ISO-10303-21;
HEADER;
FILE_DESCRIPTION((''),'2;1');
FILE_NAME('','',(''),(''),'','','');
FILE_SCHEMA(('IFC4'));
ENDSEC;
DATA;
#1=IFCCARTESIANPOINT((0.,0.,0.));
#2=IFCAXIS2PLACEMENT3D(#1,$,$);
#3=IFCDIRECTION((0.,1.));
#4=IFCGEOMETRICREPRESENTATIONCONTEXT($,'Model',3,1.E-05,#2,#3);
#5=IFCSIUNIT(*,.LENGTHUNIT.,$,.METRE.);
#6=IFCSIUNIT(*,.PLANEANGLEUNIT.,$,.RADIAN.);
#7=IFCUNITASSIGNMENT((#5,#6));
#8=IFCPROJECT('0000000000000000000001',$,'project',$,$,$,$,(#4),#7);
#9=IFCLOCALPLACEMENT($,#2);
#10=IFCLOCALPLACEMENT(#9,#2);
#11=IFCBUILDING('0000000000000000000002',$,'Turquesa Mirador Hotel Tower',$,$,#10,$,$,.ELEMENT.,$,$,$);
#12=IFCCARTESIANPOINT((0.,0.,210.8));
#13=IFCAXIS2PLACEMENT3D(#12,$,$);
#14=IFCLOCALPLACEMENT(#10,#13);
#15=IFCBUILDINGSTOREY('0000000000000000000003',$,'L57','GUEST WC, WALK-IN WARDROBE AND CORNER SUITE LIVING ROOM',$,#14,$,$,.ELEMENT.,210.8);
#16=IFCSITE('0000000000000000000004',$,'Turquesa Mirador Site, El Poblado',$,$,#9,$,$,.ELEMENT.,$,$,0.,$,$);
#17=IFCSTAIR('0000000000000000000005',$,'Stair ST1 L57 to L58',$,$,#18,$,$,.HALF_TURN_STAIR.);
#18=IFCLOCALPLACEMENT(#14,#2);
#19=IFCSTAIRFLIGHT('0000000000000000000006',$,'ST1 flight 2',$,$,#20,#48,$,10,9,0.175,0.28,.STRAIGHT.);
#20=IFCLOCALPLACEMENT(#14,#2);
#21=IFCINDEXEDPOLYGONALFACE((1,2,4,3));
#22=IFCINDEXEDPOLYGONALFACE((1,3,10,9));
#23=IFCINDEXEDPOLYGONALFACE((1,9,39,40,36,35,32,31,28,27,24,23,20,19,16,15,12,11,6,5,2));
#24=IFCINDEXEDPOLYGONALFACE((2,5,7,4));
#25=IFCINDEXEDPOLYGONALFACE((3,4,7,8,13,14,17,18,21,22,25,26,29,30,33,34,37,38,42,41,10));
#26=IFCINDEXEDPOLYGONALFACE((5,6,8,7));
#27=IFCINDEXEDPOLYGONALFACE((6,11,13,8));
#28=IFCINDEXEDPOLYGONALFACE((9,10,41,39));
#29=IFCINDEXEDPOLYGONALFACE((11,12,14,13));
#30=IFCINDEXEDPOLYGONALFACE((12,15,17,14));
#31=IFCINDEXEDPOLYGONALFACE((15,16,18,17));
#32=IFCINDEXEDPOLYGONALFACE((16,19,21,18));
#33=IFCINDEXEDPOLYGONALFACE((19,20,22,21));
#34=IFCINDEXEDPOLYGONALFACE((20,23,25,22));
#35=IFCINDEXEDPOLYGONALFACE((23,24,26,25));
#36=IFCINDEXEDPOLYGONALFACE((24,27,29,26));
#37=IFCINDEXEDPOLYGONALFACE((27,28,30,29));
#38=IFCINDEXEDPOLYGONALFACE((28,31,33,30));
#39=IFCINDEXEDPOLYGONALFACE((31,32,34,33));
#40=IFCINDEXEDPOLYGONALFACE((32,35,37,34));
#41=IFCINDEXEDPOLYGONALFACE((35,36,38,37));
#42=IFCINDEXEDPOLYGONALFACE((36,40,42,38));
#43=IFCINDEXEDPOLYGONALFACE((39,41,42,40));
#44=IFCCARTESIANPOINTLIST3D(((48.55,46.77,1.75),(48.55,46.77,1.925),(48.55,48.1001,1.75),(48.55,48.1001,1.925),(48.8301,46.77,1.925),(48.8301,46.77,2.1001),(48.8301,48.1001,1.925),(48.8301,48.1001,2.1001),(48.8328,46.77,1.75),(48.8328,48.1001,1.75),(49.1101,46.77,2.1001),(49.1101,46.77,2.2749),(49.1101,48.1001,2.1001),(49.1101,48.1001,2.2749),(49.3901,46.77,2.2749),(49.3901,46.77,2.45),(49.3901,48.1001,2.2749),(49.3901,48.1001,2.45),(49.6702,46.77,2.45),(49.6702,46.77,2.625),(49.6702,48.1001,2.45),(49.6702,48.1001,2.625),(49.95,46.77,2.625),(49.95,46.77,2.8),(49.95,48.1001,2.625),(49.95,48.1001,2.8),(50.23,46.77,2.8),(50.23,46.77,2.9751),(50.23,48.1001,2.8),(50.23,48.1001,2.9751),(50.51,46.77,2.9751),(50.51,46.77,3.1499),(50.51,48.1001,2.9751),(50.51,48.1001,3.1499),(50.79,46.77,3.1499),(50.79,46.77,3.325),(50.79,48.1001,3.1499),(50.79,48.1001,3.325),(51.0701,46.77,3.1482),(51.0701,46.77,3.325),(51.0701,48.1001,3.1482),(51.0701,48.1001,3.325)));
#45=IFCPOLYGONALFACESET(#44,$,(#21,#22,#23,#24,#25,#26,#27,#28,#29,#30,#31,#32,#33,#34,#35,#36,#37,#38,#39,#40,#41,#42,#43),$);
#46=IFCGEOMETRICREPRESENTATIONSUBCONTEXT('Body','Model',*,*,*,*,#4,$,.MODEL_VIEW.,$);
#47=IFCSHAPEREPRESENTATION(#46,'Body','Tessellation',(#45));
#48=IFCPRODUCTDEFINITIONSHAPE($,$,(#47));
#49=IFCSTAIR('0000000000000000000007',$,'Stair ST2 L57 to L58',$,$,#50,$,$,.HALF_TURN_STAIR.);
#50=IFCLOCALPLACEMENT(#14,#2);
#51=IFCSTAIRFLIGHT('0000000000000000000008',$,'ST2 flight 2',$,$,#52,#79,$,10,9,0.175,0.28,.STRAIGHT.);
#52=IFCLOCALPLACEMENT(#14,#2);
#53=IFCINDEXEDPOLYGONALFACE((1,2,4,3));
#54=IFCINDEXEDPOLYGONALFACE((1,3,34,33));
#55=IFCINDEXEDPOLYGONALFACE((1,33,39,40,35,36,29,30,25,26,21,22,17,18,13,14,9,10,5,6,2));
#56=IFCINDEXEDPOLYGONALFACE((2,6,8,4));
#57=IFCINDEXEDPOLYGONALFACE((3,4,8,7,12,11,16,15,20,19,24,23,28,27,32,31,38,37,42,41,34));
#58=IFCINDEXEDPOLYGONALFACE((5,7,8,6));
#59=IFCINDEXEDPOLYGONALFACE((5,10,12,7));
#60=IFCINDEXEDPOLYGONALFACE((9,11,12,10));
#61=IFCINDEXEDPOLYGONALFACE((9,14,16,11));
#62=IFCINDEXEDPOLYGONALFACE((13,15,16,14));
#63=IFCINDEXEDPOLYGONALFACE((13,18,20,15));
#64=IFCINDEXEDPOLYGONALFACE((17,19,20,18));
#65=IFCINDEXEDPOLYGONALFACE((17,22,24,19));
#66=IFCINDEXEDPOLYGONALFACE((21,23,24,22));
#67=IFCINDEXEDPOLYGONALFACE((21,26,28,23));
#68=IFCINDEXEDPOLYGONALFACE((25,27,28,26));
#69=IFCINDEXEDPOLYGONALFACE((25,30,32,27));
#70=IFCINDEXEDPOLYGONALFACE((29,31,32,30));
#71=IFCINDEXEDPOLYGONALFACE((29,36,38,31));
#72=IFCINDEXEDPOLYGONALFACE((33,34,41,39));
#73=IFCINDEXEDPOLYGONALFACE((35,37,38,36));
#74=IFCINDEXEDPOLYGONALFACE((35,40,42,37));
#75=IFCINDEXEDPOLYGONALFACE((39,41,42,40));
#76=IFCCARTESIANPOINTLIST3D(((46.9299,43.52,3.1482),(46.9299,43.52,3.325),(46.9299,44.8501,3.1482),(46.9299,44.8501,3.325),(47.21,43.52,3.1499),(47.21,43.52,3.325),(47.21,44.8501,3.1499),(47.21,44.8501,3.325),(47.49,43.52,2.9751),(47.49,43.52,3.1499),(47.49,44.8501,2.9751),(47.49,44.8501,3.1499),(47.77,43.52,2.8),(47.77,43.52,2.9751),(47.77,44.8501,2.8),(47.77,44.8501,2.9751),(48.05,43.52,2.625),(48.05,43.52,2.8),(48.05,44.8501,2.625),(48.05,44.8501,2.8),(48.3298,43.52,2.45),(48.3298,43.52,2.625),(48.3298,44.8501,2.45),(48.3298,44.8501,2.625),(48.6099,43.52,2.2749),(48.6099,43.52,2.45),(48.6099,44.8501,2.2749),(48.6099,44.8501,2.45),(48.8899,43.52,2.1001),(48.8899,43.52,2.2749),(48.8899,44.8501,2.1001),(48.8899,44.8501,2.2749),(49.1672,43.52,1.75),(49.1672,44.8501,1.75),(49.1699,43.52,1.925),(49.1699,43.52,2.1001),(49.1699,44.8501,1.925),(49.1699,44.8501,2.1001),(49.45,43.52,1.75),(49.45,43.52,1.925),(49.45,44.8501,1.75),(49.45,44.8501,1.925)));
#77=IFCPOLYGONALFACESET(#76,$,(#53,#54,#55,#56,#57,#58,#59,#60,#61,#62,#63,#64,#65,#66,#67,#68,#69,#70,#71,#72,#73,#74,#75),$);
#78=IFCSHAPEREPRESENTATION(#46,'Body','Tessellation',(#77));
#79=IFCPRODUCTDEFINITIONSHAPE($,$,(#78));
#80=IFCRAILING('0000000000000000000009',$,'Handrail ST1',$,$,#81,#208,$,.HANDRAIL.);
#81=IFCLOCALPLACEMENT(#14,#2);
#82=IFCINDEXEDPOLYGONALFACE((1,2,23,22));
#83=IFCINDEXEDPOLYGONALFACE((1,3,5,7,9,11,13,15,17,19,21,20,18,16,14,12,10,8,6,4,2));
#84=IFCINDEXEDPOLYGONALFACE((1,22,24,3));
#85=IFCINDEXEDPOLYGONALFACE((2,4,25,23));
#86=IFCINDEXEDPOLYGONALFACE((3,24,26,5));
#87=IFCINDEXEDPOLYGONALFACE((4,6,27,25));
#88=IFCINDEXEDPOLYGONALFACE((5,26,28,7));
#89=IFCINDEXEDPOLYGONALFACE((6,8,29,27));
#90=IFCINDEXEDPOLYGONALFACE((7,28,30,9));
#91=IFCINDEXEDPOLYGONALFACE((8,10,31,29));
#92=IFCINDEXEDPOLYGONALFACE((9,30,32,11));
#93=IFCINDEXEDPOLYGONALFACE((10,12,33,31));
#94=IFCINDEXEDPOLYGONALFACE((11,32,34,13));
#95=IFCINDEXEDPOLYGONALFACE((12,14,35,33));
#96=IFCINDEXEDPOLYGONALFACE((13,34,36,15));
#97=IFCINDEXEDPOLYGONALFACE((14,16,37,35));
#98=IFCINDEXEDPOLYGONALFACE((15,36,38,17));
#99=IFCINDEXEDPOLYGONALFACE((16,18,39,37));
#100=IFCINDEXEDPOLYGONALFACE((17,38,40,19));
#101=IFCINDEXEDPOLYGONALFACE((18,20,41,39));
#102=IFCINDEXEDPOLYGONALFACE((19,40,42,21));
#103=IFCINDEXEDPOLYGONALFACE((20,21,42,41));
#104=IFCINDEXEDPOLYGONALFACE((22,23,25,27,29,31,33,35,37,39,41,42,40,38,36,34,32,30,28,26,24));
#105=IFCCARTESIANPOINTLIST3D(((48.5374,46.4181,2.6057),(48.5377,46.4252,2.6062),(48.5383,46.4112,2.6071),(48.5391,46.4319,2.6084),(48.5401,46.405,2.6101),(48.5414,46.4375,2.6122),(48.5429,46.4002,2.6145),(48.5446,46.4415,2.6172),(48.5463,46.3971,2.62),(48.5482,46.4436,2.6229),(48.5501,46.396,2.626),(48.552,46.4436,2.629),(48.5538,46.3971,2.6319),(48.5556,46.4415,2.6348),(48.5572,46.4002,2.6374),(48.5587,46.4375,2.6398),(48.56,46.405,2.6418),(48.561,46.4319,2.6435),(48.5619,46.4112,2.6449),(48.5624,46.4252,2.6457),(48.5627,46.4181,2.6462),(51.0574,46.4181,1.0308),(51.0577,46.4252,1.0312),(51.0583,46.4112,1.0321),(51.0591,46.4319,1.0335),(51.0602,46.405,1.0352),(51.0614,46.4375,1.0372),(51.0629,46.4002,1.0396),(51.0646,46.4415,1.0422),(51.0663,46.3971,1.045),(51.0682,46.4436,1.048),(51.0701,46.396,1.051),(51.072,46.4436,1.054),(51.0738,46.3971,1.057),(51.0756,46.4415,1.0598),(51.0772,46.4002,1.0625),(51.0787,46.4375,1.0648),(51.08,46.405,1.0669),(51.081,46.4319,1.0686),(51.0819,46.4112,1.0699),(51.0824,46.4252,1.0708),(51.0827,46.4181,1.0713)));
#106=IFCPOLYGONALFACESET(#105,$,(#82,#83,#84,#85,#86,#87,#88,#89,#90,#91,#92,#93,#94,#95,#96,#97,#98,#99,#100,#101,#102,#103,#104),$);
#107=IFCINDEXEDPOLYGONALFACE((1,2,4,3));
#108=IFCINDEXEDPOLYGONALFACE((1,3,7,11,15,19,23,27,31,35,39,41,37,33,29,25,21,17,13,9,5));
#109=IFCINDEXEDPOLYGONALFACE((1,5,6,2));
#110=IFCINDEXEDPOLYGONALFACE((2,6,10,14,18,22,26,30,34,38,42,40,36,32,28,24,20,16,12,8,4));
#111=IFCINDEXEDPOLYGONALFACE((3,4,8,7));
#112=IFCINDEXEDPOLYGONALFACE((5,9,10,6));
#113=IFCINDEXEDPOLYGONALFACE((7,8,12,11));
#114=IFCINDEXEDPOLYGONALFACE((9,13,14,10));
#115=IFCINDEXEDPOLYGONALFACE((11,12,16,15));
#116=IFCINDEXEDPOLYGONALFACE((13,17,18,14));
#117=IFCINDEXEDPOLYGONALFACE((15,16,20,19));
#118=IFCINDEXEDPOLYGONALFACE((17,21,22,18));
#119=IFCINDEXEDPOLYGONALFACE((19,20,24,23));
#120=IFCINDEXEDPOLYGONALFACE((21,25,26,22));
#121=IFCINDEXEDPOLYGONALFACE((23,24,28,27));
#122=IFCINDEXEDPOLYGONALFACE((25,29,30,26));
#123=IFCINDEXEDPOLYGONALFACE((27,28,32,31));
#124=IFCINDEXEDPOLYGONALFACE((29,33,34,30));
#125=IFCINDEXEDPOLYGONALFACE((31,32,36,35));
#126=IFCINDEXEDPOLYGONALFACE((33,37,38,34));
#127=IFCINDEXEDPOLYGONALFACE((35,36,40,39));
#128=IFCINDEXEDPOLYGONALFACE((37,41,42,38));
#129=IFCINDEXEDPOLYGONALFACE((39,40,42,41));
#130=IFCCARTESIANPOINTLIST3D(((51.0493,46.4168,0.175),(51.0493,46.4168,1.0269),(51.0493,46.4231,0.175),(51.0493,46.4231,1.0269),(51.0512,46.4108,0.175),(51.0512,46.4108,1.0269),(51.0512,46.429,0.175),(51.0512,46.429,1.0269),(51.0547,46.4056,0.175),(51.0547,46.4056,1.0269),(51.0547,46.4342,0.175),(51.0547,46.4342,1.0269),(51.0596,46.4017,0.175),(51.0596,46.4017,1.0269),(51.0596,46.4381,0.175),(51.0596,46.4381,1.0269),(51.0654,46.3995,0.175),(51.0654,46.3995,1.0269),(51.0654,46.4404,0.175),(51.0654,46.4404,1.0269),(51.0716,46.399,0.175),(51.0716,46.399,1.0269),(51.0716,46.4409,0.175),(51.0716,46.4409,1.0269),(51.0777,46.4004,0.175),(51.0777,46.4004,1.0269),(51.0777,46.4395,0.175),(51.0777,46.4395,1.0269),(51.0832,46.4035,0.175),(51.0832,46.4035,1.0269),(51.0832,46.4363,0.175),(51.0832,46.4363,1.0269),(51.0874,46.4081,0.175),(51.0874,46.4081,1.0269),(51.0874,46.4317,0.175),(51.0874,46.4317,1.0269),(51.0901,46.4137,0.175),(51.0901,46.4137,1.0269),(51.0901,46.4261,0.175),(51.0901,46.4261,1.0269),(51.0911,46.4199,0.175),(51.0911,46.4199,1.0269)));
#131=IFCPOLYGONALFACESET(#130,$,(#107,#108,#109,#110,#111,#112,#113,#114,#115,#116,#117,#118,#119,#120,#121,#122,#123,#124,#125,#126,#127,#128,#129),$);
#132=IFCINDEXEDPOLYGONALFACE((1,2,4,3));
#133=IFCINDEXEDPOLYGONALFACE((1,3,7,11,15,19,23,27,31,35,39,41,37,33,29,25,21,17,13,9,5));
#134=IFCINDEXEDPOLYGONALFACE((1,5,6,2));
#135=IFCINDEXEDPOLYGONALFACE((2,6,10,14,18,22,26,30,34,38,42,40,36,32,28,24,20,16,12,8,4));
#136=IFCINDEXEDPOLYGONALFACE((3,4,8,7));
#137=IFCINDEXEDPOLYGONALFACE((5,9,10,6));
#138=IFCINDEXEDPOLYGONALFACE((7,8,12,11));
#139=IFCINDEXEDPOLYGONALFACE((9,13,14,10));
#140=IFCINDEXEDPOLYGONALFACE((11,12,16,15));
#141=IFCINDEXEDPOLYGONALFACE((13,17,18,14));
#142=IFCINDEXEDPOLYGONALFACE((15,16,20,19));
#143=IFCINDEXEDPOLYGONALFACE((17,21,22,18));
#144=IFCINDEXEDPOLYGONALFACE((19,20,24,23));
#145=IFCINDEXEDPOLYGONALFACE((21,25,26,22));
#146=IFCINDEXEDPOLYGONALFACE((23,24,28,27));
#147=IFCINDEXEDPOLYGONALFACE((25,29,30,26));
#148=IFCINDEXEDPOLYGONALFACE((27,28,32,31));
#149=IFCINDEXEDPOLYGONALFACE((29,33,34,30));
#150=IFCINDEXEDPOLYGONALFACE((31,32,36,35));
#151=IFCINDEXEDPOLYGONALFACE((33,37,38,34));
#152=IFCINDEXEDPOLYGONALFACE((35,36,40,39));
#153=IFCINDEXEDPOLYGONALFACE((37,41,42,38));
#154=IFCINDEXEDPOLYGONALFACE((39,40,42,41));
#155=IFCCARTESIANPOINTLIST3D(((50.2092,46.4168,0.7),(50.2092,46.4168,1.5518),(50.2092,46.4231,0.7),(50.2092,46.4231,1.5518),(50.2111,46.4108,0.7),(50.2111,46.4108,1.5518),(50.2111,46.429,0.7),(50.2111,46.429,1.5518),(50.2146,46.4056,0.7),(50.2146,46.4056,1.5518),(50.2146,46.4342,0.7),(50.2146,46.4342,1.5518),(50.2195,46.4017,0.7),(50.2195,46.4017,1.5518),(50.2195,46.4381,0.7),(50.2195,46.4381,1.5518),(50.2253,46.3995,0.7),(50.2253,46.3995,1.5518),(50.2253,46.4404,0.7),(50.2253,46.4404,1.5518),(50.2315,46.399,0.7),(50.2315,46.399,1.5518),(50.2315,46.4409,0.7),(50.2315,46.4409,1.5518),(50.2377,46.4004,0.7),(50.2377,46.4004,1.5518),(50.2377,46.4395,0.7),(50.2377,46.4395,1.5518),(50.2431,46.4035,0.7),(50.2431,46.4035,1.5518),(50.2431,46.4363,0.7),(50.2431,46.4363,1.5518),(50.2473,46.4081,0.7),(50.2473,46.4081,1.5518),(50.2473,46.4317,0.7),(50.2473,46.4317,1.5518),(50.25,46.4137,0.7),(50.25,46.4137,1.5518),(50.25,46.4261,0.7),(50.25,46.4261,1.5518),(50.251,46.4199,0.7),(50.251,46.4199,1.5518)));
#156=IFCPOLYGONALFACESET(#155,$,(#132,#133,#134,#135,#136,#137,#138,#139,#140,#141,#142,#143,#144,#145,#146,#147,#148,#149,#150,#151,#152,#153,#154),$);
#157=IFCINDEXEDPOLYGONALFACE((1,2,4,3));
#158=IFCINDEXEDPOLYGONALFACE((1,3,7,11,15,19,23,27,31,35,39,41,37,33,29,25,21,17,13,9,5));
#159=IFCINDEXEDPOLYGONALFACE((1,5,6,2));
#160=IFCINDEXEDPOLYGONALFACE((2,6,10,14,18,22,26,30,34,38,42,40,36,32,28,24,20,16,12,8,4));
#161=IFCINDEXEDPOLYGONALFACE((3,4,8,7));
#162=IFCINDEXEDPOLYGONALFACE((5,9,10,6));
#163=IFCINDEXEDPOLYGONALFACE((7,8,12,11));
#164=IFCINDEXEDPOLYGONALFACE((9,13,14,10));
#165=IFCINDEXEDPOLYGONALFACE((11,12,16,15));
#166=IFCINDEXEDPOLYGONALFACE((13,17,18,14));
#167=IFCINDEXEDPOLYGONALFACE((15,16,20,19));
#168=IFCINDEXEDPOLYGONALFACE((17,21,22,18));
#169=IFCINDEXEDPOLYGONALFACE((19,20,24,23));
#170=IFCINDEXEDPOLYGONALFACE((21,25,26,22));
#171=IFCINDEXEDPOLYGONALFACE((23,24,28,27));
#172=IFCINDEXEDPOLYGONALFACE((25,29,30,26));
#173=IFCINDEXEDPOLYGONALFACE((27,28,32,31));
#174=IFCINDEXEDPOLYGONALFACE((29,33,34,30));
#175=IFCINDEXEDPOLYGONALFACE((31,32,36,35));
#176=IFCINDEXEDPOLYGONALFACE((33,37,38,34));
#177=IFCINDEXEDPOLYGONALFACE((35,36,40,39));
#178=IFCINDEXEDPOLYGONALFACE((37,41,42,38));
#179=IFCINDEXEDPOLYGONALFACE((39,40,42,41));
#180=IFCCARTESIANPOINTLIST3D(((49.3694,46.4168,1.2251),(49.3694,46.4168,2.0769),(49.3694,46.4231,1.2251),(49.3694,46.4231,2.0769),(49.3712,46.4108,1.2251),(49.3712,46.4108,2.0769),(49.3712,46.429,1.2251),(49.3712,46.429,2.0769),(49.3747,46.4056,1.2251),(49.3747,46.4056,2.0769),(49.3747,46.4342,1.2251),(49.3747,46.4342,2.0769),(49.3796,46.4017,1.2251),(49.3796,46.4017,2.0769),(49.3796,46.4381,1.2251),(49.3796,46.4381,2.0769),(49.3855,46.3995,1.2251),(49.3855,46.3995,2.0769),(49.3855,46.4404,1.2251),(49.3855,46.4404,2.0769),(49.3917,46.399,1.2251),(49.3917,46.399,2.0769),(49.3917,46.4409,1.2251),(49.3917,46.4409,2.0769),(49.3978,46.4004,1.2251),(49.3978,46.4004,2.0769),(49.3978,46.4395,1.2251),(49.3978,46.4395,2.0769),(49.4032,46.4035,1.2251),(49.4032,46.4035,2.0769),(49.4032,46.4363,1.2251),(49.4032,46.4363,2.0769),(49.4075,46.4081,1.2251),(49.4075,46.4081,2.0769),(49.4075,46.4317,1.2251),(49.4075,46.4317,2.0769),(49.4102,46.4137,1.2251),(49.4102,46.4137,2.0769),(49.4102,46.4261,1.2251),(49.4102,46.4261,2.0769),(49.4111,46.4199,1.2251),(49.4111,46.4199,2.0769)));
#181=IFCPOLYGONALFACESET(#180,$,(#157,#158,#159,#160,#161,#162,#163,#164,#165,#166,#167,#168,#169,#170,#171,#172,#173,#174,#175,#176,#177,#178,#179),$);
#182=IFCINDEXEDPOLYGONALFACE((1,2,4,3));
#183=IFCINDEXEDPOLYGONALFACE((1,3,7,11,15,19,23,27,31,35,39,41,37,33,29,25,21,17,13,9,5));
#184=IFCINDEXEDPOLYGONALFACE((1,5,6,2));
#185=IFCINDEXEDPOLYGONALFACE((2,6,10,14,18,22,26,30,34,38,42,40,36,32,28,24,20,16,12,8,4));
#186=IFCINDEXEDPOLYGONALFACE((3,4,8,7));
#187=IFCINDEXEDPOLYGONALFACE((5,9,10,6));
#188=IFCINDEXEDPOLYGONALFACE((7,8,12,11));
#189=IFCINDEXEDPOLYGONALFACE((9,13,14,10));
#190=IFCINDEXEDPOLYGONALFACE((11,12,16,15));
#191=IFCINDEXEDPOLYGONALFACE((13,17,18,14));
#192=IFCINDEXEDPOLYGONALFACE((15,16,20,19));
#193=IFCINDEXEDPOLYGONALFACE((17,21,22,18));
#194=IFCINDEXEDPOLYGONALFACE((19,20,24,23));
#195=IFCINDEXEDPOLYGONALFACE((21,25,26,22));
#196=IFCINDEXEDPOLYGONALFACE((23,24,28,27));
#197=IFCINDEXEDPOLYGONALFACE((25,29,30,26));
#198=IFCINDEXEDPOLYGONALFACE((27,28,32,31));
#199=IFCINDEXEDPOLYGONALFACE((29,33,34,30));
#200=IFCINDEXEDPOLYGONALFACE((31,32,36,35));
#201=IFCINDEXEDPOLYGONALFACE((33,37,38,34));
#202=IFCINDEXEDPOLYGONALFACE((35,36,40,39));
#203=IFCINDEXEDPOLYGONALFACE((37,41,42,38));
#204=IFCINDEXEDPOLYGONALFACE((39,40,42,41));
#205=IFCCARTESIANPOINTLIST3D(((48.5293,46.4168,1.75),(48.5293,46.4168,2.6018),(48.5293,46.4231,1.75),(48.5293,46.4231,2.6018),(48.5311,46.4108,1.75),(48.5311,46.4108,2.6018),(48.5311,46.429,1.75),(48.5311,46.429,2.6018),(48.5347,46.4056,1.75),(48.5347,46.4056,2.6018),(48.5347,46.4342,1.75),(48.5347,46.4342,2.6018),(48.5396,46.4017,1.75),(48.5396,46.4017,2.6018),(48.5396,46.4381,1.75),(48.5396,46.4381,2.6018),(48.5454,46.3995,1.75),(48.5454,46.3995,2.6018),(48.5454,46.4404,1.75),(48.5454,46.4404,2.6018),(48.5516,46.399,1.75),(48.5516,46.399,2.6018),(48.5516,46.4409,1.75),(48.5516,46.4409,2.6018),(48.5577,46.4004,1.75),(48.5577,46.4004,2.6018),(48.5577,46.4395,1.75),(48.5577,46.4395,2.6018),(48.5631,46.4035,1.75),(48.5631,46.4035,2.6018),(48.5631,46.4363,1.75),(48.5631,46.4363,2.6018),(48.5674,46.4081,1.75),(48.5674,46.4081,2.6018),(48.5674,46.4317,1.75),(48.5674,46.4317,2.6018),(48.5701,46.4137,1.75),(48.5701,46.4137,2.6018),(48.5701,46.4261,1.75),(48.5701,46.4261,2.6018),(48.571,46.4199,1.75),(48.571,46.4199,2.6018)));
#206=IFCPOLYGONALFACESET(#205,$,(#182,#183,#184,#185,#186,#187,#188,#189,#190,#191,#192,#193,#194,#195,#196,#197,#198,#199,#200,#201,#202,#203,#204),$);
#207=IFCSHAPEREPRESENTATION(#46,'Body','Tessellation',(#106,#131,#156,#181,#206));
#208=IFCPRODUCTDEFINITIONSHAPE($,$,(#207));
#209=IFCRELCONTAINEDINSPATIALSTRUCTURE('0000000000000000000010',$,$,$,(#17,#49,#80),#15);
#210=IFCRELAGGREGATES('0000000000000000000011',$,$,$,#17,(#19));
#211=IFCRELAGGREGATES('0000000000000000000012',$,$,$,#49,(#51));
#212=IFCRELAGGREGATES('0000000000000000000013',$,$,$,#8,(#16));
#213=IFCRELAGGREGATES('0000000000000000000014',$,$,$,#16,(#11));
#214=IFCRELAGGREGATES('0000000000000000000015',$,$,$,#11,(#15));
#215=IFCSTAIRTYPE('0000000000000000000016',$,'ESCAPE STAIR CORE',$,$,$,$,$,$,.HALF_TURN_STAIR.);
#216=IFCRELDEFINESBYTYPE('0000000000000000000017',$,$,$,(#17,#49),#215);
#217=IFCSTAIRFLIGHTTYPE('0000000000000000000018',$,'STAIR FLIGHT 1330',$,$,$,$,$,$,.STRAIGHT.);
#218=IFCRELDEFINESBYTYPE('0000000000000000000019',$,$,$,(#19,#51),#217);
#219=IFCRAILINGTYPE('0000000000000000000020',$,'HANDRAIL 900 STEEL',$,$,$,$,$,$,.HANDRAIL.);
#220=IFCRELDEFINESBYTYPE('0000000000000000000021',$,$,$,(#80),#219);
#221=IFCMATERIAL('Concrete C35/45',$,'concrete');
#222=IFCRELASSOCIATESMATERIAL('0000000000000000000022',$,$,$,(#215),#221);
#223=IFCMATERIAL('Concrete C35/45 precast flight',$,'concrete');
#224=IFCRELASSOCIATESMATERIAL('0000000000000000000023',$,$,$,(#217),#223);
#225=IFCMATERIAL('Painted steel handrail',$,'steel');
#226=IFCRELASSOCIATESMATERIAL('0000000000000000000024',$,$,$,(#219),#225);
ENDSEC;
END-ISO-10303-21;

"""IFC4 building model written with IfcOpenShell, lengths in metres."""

from ifc_helpers import new_model, si_unit, direction, frame, origin, origin_2d, place, context, subcontext, project, spatial, polyline, circle, outline, extrude, material, type_object, element, aggregate, save


model = new_model("IFC4")

# Units and contexts
model_context = context("Model", 3, precision=1e-05, world=origin(), true_north=direction((0.0, 1.0)))
body_context = subcontext(model_context, "Body", "Model", "MODEL_VIEW")
ifc_project = project(units=[si_unit("LENGTHUNIT", "METRE"), si_unit("PLANEANGLEUNIT", "RADIAN")], contexts=[model_context])

# Site, building, storey
site_placement = place(None, origin())
site = spatial("IfcSite", under=ifc_project, at=site_placement, Name="Turquesa Mirador Site, El Poblado", CompositionType="ELEMENT", RefElevation=0.0)
building_placement = place(site_placement, origin())
building = spatial("IfcBuilding", under=site, at=building_placement, Name="Turquesa Mirador Hotel Tower", CompositionType="ELEMENT")
storey_placement = place(building_placement, frame((0.0, 0.0, 210.8)))
storey = spatial("IfcBuildingStorey", under=building, at=storey_placement, Name="L57", Description="GUEST WC, WALK-IN WARDROBE AND CORNER SUITE LIVING ROOM", CompositionType="ELEMENT", Elevation=210.8)

# Stair, stair flight
ifc_material_1 = material(Name="Concrete C35/45", Category="concrete")
stair_type = type_object("IfcStairType", Name="ESCAPE STAIR CORE", PredefinedType="HALF_TURN_STAIR", material=ifc_material_1)
stair_1_placement = place(storey_placement, origin())
stair_1 = element("IfcStair", 1, at=stair_1_placement, inside=storey, type_object=stair_type, Name="Stair ST1 L57 to L58", PredefinedType="HALF_TURN_STAIR")
ifc_material_2 = material(Name="Concrete C35/45 precast flight", Category="concrete")
stair_flight_type = type_object("IfcStairFlightType", Name="STAIR FLIGHT 1330", PredefinedType="STRAIGHT", material=ifc_material_2)
stair_flight_1_placement = place(storey_placement, frame((48.55, 47.4351, 1.75), z_axis=(0.0, 0.0, 1.0), x_axis=(1.0, 0.0, 0.0)))
stair_flight_1 = element("IfcStairFlight", 2, at=stair_flight_1_placement, type_object=stair_flight_type, Name="ST1 flight 2", NumberOfRisers=10, NumberOfTreads=9, PredefinedType="STRAIGHT", RiserHeight=0.175, TreadLength=0.28, context=body_context, shape_type="SweptSolid", body=[
    extrude(outline(polyline([(0.0, 0.0), (0.0, 0.175), (0.28, 0.175), (0.28, 0.3501), (0.5601, 0.3501), (0.5601, 0.5249), (0.8401, 0.5249), (0.8401, 0.7), (1.1201, 0.7), (1.1201, 0.875), (1.3999, 0.875), (1.3999, 1.05), (1.6799, 1.05), (1.6799, 1.2251), (1.96, 1.2251), (1.96, 1.3999), (2.24, 1.3999), (2.24, 1.575), (2.52, 1.575), (2.52, 1.75), (2.52, 1.3982), (0.2827, 0.0), (0.0, 0.0)])), frame((0.0, 0.665, 0.0), z_axis=(0.0, -1.0, 0.0), x_axis=(1.0, 0.0, 0.0)), (0.0, 0.0, 1.0), 1.3301),
])
aggregate(stair_1, [stair_flight_1])

# Stair, stair flight
stair_2_placement = place(storey_placement, origin())
stair_2 = element("IfcStair", 3, at=stair_2_placement, inside=storey, type_object=stair_type, Name="Stair ST2 L57 to L58", PredefinedType="HALF_TURN_STAIR")
stair_flight_2_placement = place(storey_placement, frame((49.45, 44.1851, 1.75), z_axis=(0.0, 0.0, 1.0), x_axis=(-1.0, 0.0, 0.0)))
stair_flight_2 = element("IfcStairFlight", 4, at=stair_flight_2_placement, type_object=stair_flight_type, Name="ST2 flight 2", NumberOfRisers=10, NumberOfTreads=9, PredefinedType="STRAIGHT", RiserHeight=0.175, TreadLength=0.28, context=body_context, shape_type="SweptSolid", body=[
    extrude(outline(polyline([(0.0, 0.0), (0.0, 0.175), (0.28, 0.175), (0.28, 0.3501), (0.5601, 0.3501), (0.5601, 0.5249), (0.8401, 0.5249), (0.8401, 0.7), (1.1201, 0.7), (1.1201, 0.875), (1.3999, 0.875), (1.3999, 1.05), (1.6799, 1.05), (1.6799, 1.2251), (1.96, 1.2251), (1.96, 1.3999), (2.24, 1.3999), (2.24, 1.575), (2.52, 1.575), (2.52, 1.75), (2.52, 1.3982), (0.2827, 0.0), (0.0, 0.0)])), frame((0.0, 0.665, 0.0), z_axis=(0.0, -1.0, 0.0), x_axis=(1.0, 0.0, 0.0)), (0.0, 0.0, 1.0), 1.3301),
])
aggregate(stair_2, [stair_flight_2])

# Railing
ifc_material_3 = material(Name="Painted steel handrail", Category="steel")
railing_type = type_object("IfcRailingType", Name="HANDRAIL 900 STEEL", PredefinedType="HANDRAIL", material=ifc_material_3)
railing_1_placement = place(storey_placement, frame((51.0701, 46.4199, 0.175)))
element("IfcRailing", 5, at=railing_1_placement, inside=storey, type_object=railing_type, Name="Handrail ST1", PredefinedType="HANDRAIL", context=body_context, shape_type="SweptSolid", body=[
    extrude(circle(Radius=0.0239, at=origin_2d()), frame((0.0, 0.0, 0.876), z_axis=(-0.848008, 0.0, 0.529984), x_axis=(0.0, -1.0, 0.0)), (0.0, 0.0, 1.0), 2.9717),
    extrude(circle(Radius=0.021, at=origin_2d()), origin(), (0.0, 0.0, 1.0), 0.8518),
    extrude(circle(Radius=0.021, at=origin_2d()), frame((-0.8401, 0.0, 0.5249)), (0.0, 0.0, 1.0), 0.8518),
    extrude(circle(Radius=0.021, at=origin_2d()), frame((-1.6799, 0.0, 1.05)), (0.0, 0.0, 1.0), 0.8518),
    extrude(circle(Radius=0.021, at=origin_2d()), frame((-2.52, 0.0, 1.575)), (0.0, 0.0, 1.0), 0.8518),
])

save(model, "model.ifc")
